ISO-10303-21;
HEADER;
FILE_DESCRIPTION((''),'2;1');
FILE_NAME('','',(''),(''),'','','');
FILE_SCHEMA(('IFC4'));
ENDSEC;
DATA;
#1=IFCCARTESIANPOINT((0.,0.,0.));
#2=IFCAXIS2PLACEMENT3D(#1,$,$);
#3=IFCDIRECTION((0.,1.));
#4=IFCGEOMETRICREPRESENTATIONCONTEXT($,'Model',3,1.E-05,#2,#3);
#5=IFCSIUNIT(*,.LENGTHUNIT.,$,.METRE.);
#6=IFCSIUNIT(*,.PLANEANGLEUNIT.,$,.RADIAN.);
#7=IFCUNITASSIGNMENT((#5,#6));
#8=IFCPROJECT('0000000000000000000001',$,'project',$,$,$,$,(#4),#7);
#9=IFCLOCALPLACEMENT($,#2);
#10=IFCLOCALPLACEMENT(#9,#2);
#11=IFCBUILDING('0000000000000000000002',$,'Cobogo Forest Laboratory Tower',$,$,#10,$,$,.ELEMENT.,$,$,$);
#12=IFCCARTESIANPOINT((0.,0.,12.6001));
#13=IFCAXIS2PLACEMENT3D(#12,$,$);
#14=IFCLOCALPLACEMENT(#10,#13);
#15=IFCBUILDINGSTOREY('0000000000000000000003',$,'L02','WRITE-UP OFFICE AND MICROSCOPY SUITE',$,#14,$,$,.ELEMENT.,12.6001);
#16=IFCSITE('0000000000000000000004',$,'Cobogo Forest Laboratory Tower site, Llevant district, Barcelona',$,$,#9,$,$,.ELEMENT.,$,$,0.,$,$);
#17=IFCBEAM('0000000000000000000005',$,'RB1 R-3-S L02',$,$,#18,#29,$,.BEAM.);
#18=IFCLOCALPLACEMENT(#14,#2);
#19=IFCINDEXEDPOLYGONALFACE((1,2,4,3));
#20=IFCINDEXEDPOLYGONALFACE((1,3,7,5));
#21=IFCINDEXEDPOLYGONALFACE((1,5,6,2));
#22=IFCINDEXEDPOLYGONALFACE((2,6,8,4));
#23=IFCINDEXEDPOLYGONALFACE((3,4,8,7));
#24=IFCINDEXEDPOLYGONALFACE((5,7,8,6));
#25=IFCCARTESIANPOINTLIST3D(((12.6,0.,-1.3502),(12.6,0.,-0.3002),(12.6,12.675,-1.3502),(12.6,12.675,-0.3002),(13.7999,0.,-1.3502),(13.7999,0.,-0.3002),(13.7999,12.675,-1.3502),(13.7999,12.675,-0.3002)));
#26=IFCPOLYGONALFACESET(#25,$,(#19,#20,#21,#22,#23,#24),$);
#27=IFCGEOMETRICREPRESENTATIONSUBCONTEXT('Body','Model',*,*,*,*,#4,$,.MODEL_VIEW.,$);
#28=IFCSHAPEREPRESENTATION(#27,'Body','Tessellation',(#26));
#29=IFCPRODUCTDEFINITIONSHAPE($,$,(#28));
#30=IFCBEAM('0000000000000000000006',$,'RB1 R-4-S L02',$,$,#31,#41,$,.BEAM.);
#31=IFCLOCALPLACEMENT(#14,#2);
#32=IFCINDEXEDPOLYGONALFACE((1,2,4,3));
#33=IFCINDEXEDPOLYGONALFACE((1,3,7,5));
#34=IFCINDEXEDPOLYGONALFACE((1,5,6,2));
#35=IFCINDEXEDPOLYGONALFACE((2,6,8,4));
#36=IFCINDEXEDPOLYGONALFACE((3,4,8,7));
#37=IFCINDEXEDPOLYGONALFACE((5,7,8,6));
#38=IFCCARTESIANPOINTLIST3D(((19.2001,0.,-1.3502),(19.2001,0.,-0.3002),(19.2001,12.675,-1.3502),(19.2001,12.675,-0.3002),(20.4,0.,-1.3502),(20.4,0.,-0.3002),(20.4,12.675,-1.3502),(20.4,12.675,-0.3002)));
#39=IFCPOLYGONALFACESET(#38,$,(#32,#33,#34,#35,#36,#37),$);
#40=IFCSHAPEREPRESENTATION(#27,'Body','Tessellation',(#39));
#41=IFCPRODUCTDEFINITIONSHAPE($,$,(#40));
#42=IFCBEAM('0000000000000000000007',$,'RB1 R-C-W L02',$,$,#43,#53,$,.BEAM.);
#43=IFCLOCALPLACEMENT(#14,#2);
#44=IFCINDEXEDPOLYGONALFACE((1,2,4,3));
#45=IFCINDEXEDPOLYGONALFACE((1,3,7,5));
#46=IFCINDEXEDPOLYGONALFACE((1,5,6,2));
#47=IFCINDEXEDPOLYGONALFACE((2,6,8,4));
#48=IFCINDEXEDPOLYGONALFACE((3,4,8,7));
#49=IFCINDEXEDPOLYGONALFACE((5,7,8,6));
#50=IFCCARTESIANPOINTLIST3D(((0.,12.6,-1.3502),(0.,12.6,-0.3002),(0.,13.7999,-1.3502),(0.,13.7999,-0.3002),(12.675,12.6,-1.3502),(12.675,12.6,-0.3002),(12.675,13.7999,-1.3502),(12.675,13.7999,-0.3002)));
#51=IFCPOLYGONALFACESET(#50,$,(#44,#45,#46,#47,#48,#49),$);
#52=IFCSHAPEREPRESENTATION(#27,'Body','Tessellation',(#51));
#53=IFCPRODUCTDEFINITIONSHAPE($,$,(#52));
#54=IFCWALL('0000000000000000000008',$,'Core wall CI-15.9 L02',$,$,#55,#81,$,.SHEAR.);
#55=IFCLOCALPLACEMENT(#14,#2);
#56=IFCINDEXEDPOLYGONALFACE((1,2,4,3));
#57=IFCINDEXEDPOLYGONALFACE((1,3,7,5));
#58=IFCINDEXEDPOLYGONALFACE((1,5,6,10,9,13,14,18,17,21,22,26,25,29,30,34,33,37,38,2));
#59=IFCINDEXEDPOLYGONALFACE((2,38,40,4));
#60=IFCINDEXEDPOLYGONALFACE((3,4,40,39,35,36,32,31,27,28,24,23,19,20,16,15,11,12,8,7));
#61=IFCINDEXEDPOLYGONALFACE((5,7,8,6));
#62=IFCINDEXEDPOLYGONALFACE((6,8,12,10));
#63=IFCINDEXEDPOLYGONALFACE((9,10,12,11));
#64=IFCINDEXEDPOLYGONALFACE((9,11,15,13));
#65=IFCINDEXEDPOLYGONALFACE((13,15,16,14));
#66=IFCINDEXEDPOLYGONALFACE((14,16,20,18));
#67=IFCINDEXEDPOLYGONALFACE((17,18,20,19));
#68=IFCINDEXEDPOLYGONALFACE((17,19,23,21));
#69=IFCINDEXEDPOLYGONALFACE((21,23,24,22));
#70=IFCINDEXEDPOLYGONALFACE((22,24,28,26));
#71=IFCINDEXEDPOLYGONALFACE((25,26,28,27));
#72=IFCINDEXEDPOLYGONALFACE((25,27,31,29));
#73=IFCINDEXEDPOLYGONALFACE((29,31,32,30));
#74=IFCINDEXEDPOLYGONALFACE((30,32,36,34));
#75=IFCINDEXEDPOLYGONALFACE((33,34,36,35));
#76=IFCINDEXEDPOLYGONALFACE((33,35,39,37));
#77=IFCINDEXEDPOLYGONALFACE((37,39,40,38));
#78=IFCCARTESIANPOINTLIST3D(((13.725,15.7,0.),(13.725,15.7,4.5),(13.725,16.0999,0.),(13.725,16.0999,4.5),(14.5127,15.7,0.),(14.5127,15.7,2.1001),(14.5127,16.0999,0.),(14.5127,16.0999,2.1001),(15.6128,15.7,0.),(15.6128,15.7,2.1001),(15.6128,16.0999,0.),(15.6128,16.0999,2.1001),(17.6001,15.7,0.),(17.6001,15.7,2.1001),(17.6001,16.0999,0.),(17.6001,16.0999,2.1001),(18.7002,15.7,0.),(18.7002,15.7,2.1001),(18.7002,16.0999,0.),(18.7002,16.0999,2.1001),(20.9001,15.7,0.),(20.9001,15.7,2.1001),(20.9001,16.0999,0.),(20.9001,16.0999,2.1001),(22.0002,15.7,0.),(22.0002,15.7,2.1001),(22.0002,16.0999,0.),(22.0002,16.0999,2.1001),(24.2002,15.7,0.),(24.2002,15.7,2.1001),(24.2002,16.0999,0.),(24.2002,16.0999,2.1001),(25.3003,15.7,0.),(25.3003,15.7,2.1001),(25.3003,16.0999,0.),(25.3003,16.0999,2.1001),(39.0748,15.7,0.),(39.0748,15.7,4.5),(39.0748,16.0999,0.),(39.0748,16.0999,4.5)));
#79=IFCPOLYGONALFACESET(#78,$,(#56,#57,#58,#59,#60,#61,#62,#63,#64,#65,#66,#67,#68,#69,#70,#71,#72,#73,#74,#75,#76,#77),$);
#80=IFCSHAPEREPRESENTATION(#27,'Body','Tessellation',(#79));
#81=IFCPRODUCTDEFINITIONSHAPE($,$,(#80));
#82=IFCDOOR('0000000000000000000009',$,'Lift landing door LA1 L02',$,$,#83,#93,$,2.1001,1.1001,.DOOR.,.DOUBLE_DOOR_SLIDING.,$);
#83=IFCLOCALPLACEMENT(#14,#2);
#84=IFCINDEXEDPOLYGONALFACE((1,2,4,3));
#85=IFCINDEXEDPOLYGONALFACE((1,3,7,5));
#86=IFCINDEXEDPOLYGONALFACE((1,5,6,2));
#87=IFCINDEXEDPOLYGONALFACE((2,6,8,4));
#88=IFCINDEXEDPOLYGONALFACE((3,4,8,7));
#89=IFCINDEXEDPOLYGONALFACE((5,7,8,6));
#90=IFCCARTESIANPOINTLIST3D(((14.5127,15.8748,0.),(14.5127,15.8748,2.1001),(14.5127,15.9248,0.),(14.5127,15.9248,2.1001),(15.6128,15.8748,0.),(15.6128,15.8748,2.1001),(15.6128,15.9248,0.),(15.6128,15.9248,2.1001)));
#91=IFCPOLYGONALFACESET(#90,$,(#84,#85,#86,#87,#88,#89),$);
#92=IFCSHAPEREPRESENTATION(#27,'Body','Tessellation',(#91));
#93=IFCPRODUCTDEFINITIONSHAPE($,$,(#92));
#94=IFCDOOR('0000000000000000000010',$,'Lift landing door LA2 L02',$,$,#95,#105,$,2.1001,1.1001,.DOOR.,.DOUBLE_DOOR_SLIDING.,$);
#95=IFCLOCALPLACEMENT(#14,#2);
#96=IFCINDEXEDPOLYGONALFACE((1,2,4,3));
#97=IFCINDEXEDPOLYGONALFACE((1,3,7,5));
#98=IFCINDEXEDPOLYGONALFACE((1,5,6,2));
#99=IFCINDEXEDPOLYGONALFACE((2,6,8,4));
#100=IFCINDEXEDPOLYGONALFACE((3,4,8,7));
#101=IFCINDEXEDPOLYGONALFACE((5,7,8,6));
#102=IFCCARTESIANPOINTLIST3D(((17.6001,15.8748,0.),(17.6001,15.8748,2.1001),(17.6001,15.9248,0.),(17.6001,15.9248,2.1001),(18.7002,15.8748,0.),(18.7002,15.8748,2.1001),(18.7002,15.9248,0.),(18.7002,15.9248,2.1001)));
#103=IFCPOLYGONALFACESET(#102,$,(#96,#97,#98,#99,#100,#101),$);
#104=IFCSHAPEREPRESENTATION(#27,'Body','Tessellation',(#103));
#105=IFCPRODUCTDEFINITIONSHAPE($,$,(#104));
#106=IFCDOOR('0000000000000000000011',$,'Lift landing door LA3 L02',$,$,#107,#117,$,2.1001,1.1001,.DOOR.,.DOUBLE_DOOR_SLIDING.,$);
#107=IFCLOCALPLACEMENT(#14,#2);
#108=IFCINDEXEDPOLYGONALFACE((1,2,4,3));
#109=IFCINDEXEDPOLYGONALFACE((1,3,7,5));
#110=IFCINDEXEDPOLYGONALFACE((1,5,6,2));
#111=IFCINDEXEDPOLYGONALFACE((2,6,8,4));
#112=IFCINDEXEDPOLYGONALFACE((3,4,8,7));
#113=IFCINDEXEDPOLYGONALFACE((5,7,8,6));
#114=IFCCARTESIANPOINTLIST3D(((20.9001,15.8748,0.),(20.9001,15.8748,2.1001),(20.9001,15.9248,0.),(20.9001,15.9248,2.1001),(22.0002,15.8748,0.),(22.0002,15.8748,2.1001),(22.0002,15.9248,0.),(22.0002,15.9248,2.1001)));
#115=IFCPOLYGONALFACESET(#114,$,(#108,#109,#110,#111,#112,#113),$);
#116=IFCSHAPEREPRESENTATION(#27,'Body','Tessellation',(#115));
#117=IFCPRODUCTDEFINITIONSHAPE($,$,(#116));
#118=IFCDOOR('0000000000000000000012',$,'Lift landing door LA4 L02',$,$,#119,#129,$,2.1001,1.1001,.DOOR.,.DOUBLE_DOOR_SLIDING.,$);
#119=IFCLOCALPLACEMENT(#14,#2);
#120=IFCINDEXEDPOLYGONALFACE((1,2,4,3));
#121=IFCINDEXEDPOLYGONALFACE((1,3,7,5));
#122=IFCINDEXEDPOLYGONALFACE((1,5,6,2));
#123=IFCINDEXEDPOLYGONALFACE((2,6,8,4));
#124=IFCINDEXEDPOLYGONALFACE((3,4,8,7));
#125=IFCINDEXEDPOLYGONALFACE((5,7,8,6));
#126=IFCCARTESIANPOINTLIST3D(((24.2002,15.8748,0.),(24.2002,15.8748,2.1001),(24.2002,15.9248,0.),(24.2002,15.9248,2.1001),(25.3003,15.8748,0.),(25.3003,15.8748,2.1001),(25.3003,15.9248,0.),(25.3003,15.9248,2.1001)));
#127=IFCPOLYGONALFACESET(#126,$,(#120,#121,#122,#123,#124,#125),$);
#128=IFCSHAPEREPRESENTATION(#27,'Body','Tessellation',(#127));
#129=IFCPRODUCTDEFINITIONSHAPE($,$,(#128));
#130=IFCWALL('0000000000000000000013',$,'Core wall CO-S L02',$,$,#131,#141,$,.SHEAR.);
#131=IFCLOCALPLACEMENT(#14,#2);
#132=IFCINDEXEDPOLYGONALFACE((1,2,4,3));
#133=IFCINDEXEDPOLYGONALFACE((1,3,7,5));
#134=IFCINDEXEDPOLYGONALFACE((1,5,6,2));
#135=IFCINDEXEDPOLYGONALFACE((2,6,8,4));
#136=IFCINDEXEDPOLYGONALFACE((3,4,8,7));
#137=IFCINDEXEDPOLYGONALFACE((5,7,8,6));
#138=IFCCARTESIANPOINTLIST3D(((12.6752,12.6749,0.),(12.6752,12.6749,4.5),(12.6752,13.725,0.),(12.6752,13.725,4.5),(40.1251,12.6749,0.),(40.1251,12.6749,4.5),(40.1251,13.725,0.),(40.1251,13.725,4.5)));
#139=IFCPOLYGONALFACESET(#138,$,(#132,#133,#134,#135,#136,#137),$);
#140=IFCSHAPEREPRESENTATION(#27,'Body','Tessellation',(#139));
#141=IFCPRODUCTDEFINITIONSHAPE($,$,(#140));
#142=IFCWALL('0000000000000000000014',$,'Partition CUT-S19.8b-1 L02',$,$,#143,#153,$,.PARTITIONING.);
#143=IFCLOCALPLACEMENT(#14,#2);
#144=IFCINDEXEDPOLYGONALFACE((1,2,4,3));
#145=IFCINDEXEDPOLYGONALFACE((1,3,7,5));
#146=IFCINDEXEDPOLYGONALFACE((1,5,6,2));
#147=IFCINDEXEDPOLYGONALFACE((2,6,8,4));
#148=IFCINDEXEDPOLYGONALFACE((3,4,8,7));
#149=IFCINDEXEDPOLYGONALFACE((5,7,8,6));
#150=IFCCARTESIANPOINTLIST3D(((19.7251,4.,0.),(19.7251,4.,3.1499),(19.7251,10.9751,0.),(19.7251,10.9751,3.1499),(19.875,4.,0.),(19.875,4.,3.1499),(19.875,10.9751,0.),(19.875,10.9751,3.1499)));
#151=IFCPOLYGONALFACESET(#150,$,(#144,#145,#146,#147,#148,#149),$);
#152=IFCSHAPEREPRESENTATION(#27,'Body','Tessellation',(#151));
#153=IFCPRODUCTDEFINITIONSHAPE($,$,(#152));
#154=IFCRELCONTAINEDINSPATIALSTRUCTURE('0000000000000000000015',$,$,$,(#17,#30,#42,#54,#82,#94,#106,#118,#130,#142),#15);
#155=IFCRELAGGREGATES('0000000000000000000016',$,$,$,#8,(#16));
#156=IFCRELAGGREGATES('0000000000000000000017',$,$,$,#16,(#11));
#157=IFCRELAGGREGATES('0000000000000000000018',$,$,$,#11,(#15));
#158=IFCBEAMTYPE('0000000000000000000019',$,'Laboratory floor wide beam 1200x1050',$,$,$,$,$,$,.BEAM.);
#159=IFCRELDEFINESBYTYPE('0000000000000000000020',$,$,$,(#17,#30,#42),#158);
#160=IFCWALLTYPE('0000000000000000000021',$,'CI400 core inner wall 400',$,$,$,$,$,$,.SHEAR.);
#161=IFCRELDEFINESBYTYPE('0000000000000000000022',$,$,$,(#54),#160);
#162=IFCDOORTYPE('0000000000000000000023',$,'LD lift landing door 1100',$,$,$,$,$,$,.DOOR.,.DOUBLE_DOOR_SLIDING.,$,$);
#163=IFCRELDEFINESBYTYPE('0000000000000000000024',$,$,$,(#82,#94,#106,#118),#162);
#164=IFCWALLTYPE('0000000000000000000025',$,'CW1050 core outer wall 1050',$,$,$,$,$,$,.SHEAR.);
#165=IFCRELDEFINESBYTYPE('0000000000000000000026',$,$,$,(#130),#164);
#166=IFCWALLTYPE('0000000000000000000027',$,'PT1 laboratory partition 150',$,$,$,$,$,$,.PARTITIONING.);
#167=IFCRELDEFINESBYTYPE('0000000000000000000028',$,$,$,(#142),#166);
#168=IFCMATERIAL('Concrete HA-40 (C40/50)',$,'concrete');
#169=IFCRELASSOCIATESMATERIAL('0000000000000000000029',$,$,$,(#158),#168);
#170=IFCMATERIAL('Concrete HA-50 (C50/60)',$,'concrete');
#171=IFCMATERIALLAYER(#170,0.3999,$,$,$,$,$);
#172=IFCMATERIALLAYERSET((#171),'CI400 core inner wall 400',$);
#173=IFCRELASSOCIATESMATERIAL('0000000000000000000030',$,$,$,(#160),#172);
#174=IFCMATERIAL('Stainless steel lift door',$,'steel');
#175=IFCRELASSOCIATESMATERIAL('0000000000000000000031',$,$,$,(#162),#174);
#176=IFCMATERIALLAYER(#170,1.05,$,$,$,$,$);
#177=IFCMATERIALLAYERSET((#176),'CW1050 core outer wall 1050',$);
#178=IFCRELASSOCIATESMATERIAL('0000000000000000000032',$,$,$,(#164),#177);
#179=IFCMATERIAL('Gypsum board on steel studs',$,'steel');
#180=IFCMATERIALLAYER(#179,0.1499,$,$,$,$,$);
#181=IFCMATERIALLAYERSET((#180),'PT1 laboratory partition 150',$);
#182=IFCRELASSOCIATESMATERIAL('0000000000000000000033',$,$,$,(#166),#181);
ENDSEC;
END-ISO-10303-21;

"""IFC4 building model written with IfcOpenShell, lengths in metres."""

from ifc_helpers import new_model, si_unit, direction, frame, frame_2d, origin, origin_2d, place, context, subcontext, project, spatial, rectangle, extrude, material, layer, layer_set, material_profile, profile_set, type_object, element, fill, save


model = new_model("IFC4")

# Units and contexts
model_context = context("Model", 3, precision=1e-05, world=origin(), true_north=direction((0.0, 1.0)))
body_context = subcontext(model_context, "Body", "Model", "MODEL_VIEW")
ifc_project = project(units=[si_unit("LENGTHUNIT", "METRE"), si_unit("PLANEANGLEUNIT", "RADIAN")], contexts=[model_context])

# Site, building, storey
site_placement = place(None, origin())
site = spatial("IfcSite", under=ifc_project, at=site_placement, Name="Cobogo Forest Laboratory Tower site, Llevant district, Barcelona", CompositionType="ELEMENT", RefElevation=0.0)
building_placement = place(site_placement, origin())
building = spatial("IfcBuilding", under=site, at=building_placement, Name="Cobogo Forest Laboratory Tower", CompositionType="ELEMENT")
storey_placement = place(building_placement, frame((0.0, 0.0, 12.6001)))
storey = spatial("IfcBuildingStorey", under=building, at=storey_placement, Name="L02", Description="WRITE-UP OFFICE AND MICROSCOPY SUITE", CompositionType="ELEMENT", Elevation=12.6001)

# Beams
ifc_material_1 = material(Name="Concrete HA-40 (C40/50)", Category="concrete")
ifc_material_profile = material_profile(ifc_material_1, rectangle(XDim=1.2, YDim=1.05, at=origin_2d()), Name="RC 1200x1050")
ifc_profile_set = profile_set([ifc_material_profile], Name="Concrete HA-40 (C40/50)")
beam_type = type_object("IfcBeamType", Name="Laboratory floor wide beam 1200x1050", PredefinedType="BEAM", material=ifc_profile_set)
for number, where, z_axis, x_axis, name in (
    (1, (13.2, 12.675, -0.8252), (0.0, -1.0, 0.0), (1.0, 0.0, 0.0), "RB1 R-3-S L02"),
    (2, (19.8, 12.675, -0.8252), (0.0, -1.0, 0.0), (1.0, 0.0, 0.0), "RB1 R-4-S L02"),
    (3, (12.675, 13.2, -0.8252), (-1.0, 0.0, 0.0), (0.0, -1.0, 0.0), "RB1 R-C-W L02"),
):
    element("IfcBeam", number, at=place(storey_placement, frame(where, z_axis=z_axis, x_axis=x_axis)), inside=storey, type_object=beam_type, Name=name, PredefinedType="BEAM", context=body_context, shape_type="SweptSolid", body=[
        extrude(rectangle(XDim=1.2, YDim=1.05, at=origin_2d()), origin(), (0.0, 0.0, 1.0), 12.675),
    ])

# Wall, openings, doors
ifc_material_2 = material(Name="Concrete HA-50 (C50/60)", Category="concrete")
ifc_layer_1 = layer(ifc_material_2, 0.3999)
ifc_layer_set_1 = layer_set([ifc_layer_1], Name="CI400 core inner wall 400")
wall_type_1 = type_object("IfcWallType", Name="CI400 core inner wall 400", PredefinedType="SHEAR", material=ifc_layer_set_1)
wall_1_placement = place(storey_placement, frame((13.7251, 15.8999, 0.0), z_axis=(0.0, 0.0, 1.0), x_axis=(1.0, 0.0, 0.0)))
wall_1 = element("IfcWall", 4, at=wall_1_placement, inside=storey, type_object=wall_type_1, Name="Core wall CI-15.9 L02", PredefinedType="SHEAR", context=body_context, shape_type="SweptSolid", body=[
    extrude(rectangle(XDim=25.3499, YDim=0.3999, at=frame_2d((12.6748, 0.0))), origin(), (0.0, 0.0, 1.0), 4.5),
])
opening_1_placement = place(wall_1_placement, frame((0.7876, 0.0, 0.0)))
opening_1 = element("IfcOpeningElement", 5, at=opening_1_placement, cuts=wall_1, PredefinedType="OPENING", context=body_context, shape_type="SweptSolid", body=[
    extrude(rectangle(XDim=1.1001, YDim=2.1001, at=frame_2d((0.55, 1.05))), frame((0.0, 0.21, 0.0), z_axis=(0.0, -1.0, 0.0), x_axis=(1.0, 0.0, 0.0)), (0.0, 0.0, 1.0), 0.4199),
])
opening_2_placement = place(wall_1_placement, frame((3.875, 0.0, 0.0)))
opening_2 = element("IfcOpeningElement", 6, at=opening_2_placement, cuts=wall_1, PredefinedType="OPENING", context=body_context, shape_type="SweptSolid", body=[
    extrude(rectangle(XDim=1.1001, YDim=2.1001, at=frame_2d((0.55, 1.05))), frame((0.0, 0.21, 0.0), z_axis=(0.0, -1.0, 0.0), x_axis=(1.0, 0.0, 0.0)), (0.0, 0.0, 1.0), 0.4199),
])
opening_3_placement = place(wall_1_placement, frame((7.175, 0.0, 0.0)))
opening_3 = element("IfcOpeningElement", 7, at=opening_3_placement, cuts=wall_1, PredefinedType="OPENING", context=body_context, shape_type="SweptSolid", body=[
    extrude(rectangle(XDim=1.1001, YDim=2.1001, at=frame_2d((0.55, 1.05))), frame((0.0, 0.21, 0.0), z_axis=(0.0, -1.0, 0.0), x_axis=(1.0, 0.0, 0.0)), (0.0, 0.0, 1.0), 0.4199),
])
opening_4_placement = place(wall_1_placement, frame((10.4751, 0.0, 0.0)))
opening_4 = element("IfcOpeningElement", 8, at=opening_4_placement, cuts=wall_1, PredefinedType="OPENING", context=body_context, shape_type="SweptSolid", body=[
    extrude(rectangle(XDim=1.1001, YDim=2.1001, at=frame_2d((0.55, 1.05))), frame((0.0, 0.21, 0.0), z_axis=(0.0, -1.0, 0.0), x_axis=(1.0, 0.0, 0.0)), (0.0, 0.0, 1.0), 0.4199),
])
ifc_material_3 = material(Name="Stainless steel lift door", Category="steel")
door_type_1 = type_object("IfcDoorType", Name="LD lift landing door 1100", OperationType="DOUBLE_DOOR_SLIDING", PredefinedType="DOOR", material=ifc_material_3)
door_1_placement = place(opening_1_placement, origin())
door_1 = element("IfcDoor", 9, at=door_1_placement, inside=storey, type_object=door_type_1, Name="Lift landing door LA1 L02", OperationType="DOUBLE_DOOR_SLIDING", OverallHeight=2.1001, OverallWidth=1.1001, PredefinedType="DOOR", context=body_context, shape_type="SweptSolid", body=[
    extrude(rectangle(XDim=1.1001, YDim=2.1001, at=frame_2d((0.55, 1.05))), frame((0.0, 0.0249, 0.0), z_axis=(0.0, -1.0, 0.0), x_axis=(1.0, 0.0, 0.0)), (0.0, 0.0, 1.0), 0.05),
])
fill(opening_1, door_1)
door_2_placement = place(opening_2_placement, origin())
door_2 = element("IfcDoor", 10, at=door_2_placement, inside=storey, type_object=door_type_1, Name="Lift landing door LA2 L02", OperationType="DOUBLE_DOOR_SLIDING", OverallHeight=2.1001, OverallWidth=1.1001, PredefinedType="DOOR", context=body_context, shape_type="SweptSolid", body=[
    extrude(rectangle(XDim=1.1001, YDim=2.1001, at=frame_2d((0.55, 1.05))), frame((0.0, 0.0249, 0.0), z_axis=(0.0, -1.0, 0.0), x_axis=(1.0, 0.0, 0.0)), (0.0, 0.0, 1.0), 0.05),
])
fill(opening_2, door_2)
door_3_placement = place(opening_3_placement, origin())
door_3 = element("IfcDoor", 11, at=door_3_placement, inside=storey, type_object=door_type_1, Name="Lift landing door LA3 L02", OperationType="DOUBLE_DOOR_SLIDING", OverallHeight=2.1001, OverallWidth=1.1001, PredefinedType="DOOR", context=body_context, shape_type="SweptSolid", body=[
    extrude(rectangle(XDim=1.1001, YDim=2.1001, at=frame_2d((0.55, 1.05))), frame((0.0, 0.0249, 0.0), z_axis=(0.0, -1.0, 0.0), x_axis=(1.0, 0.0, 0.0)), (0.0, 0.0, 1.0), 0.05),
])
fill(opening_3, door_3)
door_4_placement = place(opening_4_placement, origin())
door_4 = element("IfcDoor", 12, at=door_4_placement, inside=storey, type_object=door_type_1, Name="Lift landing door LA4 L02", OperationType="DOUBLE_DOOR_SLIDING", OverallHeight=2.1001, OverallWidth=1.1001, PredefinedType="DOOR", context=body_context, shape_type="SweptSolid", body=[
    extrude(rectangle(XDim=1.1001, YDim=2.1001, at=frame_2d((0.55, 1.05))), frame((0.0, 0.0249, 0.0), z_axis=(0.0, -1.0, 0.0), x_axis=(1.0, 0.0, 0.0)), (0.0, 0.0, 1.0), 0.05),
])
fill(opening_4, door_4)

# Walls
ifc_layer_2 = layer(ifc_material_2, 1.05)
ifc_layer_set_2 = layer_set([ifc_layer_2], Name="CW1050 core outer wall 1050")
wall_type_2 = type_object("IfcWallType", Name="CW1050 core outer wall 1050", PredefinedType="SHEAR", material=ifc_layer_set_2)
wall_2_placement = place(storey_placement, frame((12.675, 13.2, 0.0), z_axis=(0.0, 0.0, 1.0), x_axis=(1.0, 0.0, 0.0)))
element("IfcWall", 13, at=wall_2_placement, inside=storey, type_object=wall_type_2, Name="Core wall CO-S L02", PredefinedType="SHEAR", context=body_context, shape_type="SweptSolid", body=[
    extrude(rectangle(XDim=27.45, YDim=1.05, at=frame_2d((13.7251, 0.0))), origin(), (0.0, 0.0, 1.0), 4.5),
])
ifc_material_4 = material(Name="Gypsum board on steel studs", Category="steel")
ifc_layer_3 = layer(ifc_material_4, 0.1499)
ifc_layer_set_3 = layer_set([ifc_layer_3], Name="PT1 laboratory partition 150")
wall_type_3 = type_object("IfcWallType", Name="PT1 laboratory partition 150", PredefinedType="PARTITIONING", material=ifc_layer_set_3)
wall_3_placement = place(storey_placement, frame((19.8, 4.0, 0.0), z_axis=(0.0, 0.0, 1.0), x_axis=(0.0, 1.0, 0.0)))
element("IfcWall", 14, at=wall_3_placement, inside=storey, type_object=wall_type_3, Name="Partition CUT-S19.8b-1 L02", PredefinedType="PARTITIONING", context=body_context, shape_type="SweptSolid", body=[
    extrude(rectangle(XDim=6.9751, YDim=0.1499, at=frame_2d((3.4875, 0.0))), origin(), (0.0, 0.0, 1.0), 3.1499),
])

save(model, "model.ifc")
